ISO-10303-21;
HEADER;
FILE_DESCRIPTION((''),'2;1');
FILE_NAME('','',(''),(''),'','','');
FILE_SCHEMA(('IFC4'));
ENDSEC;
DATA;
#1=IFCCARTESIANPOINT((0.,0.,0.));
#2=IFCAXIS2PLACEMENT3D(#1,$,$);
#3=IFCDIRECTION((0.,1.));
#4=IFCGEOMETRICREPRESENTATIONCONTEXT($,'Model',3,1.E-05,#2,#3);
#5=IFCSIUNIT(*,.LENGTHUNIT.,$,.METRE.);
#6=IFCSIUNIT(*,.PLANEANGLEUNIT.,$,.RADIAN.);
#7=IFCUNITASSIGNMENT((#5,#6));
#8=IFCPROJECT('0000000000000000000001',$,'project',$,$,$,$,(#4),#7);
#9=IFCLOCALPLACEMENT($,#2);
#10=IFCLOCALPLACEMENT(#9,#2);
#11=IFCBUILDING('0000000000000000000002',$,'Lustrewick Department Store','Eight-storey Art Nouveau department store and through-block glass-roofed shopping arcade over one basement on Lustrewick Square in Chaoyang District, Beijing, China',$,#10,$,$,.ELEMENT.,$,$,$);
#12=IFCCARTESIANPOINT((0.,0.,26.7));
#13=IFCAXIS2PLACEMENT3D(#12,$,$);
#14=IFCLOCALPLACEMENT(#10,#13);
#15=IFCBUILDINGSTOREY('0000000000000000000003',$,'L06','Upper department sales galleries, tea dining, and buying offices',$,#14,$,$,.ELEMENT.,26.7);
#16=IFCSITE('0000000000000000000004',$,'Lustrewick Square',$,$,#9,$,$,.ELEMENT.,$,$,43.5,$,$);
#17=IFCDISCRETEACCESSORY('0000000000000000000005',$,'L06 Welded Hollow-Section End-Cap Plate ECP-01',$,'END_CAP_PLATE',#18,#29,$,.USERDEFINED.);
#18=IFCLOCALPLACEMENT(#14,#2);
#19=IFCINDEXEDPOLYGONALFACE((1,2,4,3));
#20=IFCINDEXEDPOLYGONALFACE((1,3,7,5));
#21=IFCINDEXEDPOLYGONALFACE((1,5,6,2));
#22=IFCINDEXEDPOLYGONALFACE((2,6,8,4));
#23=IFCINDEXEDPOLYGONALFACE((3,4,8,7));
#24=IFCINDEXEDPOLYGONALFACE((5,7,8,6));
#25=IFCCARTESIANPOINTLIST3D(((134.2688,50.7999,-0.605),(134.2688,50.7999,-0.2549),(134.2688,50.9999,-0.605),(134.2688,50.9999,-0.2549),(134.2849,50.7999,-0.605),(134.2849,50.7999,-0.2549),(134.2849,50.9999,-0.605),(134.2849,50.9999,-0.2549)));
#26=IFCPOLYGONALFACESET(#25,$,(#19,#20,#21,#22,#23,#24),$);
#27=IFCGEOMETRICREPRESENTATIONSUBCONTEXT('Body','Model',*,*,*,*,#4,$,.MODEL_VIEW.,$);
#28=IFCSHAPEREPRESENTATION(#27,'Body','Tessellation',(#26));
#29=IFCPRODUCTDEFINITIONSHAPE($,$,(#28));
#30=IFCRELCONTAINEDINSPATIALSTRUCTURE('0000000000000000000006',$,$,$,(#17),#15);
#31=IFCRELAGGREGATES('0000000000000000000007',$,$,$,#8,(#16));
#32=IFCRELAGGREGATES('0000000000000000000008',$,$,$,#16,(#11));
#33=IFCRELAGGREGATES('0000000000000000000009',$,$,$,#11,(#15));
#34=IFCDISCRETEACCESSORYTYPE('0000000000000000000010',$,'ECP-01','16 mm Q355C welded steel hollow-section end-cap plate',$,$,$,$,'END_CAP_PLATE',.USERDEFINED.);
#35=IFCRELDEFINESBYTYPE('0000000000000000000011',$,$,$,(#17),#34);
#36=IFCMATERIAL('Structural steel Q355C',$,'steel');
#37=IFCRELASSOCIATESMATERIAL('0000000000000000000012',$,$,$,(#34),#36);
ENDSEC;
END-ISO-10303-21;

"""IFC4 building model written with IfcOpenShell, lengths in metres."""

from ifc_helpers import new_model, si_unit, direction, frame, origin, origin_2d, place, context, subcontext, project, spatial, rectangle, extrude, material, type_object, element, save


model = new_model("IFC4")

# Units and contexts
model_context = context("Model", 3, precision=1e-05, world=origin(), true_north=direction((0.0, 1.0)))
body_context = subcontext(model_context, "Body", "Model", "MODEL_VIEW")
ifc_project = project(units=[si_unit("LENGTHUNIT", "METRE"), si_unit("PLANEANGLEUNIT", "RADIAN")], contexts=[model_context])

# Site, building, storey
site_placement = place(None, origin())
site = spatial("IfcSite", under=ifc_project, at=site_placement, Name="Lustrewick Square", CompositionType="ELEMENT", RefElevation=43.5)
building_placement = place(site_placement, origin())
building = spatial("IfcBuilding", under=site, at=building_placement, Name="Lustrewick Department Store", Description="Eight-storey Art Nouveau department store and through-block glass-roofed shopping arcade over one basement on Lustrewick Square in Chaoyang District, Beijing, China", CompositionType="ELEMENT")
storey_placement = place(building_placement, frame((0.0, 0.0, 26.7)))
storey = spatial("IfcBuildingStorey", under=building, at=storey_placement, Name="L06", Description="Upper department sales galleries, tea dining, and buying offices", CompositionType="ELEMENT", Elevation=26.7)

# Discrete accessory
ifc_material_1 = material(Name="Structural steel Q355C", Category="steel")
discrete_accessory_type_1 = type_object("IfcDiscreteAccessoryType", Name="ECP-01", Description="16 mm Q355C welded steel hollow-section end-cap plate", ElementType="END_CAP_PLATE", PredefinedType="USERDEFINED", material=ifc_material_1)
discrete_accessory_1_placement = place(storey_placement, frame((134.2688, 50.8999, -0.4299), z_axis=(1.0, 0.0, 0.0), x_axis=(0.0, 1.0, 0.0)))
element("IfcDiscreteAccessory", 1, at=discrete_accessory_1_placement, inside=storey, type_object=discrete_accessory_type_1, Name="L06 Welded Hollow-Section End-Cap Plate ECP-01", ObjectType="END_CAP_PLATE", PredefinedType="USERDEFINED", context=body_context, shape_type="SweptSolid", body=[
    extrude(rectangle(XDim=0.2, YDim=0.3501, at=origin_2d()), origin(), (0.0, 0.0, 1.0), 0.0161),
])

save(model, "model.ifc")
